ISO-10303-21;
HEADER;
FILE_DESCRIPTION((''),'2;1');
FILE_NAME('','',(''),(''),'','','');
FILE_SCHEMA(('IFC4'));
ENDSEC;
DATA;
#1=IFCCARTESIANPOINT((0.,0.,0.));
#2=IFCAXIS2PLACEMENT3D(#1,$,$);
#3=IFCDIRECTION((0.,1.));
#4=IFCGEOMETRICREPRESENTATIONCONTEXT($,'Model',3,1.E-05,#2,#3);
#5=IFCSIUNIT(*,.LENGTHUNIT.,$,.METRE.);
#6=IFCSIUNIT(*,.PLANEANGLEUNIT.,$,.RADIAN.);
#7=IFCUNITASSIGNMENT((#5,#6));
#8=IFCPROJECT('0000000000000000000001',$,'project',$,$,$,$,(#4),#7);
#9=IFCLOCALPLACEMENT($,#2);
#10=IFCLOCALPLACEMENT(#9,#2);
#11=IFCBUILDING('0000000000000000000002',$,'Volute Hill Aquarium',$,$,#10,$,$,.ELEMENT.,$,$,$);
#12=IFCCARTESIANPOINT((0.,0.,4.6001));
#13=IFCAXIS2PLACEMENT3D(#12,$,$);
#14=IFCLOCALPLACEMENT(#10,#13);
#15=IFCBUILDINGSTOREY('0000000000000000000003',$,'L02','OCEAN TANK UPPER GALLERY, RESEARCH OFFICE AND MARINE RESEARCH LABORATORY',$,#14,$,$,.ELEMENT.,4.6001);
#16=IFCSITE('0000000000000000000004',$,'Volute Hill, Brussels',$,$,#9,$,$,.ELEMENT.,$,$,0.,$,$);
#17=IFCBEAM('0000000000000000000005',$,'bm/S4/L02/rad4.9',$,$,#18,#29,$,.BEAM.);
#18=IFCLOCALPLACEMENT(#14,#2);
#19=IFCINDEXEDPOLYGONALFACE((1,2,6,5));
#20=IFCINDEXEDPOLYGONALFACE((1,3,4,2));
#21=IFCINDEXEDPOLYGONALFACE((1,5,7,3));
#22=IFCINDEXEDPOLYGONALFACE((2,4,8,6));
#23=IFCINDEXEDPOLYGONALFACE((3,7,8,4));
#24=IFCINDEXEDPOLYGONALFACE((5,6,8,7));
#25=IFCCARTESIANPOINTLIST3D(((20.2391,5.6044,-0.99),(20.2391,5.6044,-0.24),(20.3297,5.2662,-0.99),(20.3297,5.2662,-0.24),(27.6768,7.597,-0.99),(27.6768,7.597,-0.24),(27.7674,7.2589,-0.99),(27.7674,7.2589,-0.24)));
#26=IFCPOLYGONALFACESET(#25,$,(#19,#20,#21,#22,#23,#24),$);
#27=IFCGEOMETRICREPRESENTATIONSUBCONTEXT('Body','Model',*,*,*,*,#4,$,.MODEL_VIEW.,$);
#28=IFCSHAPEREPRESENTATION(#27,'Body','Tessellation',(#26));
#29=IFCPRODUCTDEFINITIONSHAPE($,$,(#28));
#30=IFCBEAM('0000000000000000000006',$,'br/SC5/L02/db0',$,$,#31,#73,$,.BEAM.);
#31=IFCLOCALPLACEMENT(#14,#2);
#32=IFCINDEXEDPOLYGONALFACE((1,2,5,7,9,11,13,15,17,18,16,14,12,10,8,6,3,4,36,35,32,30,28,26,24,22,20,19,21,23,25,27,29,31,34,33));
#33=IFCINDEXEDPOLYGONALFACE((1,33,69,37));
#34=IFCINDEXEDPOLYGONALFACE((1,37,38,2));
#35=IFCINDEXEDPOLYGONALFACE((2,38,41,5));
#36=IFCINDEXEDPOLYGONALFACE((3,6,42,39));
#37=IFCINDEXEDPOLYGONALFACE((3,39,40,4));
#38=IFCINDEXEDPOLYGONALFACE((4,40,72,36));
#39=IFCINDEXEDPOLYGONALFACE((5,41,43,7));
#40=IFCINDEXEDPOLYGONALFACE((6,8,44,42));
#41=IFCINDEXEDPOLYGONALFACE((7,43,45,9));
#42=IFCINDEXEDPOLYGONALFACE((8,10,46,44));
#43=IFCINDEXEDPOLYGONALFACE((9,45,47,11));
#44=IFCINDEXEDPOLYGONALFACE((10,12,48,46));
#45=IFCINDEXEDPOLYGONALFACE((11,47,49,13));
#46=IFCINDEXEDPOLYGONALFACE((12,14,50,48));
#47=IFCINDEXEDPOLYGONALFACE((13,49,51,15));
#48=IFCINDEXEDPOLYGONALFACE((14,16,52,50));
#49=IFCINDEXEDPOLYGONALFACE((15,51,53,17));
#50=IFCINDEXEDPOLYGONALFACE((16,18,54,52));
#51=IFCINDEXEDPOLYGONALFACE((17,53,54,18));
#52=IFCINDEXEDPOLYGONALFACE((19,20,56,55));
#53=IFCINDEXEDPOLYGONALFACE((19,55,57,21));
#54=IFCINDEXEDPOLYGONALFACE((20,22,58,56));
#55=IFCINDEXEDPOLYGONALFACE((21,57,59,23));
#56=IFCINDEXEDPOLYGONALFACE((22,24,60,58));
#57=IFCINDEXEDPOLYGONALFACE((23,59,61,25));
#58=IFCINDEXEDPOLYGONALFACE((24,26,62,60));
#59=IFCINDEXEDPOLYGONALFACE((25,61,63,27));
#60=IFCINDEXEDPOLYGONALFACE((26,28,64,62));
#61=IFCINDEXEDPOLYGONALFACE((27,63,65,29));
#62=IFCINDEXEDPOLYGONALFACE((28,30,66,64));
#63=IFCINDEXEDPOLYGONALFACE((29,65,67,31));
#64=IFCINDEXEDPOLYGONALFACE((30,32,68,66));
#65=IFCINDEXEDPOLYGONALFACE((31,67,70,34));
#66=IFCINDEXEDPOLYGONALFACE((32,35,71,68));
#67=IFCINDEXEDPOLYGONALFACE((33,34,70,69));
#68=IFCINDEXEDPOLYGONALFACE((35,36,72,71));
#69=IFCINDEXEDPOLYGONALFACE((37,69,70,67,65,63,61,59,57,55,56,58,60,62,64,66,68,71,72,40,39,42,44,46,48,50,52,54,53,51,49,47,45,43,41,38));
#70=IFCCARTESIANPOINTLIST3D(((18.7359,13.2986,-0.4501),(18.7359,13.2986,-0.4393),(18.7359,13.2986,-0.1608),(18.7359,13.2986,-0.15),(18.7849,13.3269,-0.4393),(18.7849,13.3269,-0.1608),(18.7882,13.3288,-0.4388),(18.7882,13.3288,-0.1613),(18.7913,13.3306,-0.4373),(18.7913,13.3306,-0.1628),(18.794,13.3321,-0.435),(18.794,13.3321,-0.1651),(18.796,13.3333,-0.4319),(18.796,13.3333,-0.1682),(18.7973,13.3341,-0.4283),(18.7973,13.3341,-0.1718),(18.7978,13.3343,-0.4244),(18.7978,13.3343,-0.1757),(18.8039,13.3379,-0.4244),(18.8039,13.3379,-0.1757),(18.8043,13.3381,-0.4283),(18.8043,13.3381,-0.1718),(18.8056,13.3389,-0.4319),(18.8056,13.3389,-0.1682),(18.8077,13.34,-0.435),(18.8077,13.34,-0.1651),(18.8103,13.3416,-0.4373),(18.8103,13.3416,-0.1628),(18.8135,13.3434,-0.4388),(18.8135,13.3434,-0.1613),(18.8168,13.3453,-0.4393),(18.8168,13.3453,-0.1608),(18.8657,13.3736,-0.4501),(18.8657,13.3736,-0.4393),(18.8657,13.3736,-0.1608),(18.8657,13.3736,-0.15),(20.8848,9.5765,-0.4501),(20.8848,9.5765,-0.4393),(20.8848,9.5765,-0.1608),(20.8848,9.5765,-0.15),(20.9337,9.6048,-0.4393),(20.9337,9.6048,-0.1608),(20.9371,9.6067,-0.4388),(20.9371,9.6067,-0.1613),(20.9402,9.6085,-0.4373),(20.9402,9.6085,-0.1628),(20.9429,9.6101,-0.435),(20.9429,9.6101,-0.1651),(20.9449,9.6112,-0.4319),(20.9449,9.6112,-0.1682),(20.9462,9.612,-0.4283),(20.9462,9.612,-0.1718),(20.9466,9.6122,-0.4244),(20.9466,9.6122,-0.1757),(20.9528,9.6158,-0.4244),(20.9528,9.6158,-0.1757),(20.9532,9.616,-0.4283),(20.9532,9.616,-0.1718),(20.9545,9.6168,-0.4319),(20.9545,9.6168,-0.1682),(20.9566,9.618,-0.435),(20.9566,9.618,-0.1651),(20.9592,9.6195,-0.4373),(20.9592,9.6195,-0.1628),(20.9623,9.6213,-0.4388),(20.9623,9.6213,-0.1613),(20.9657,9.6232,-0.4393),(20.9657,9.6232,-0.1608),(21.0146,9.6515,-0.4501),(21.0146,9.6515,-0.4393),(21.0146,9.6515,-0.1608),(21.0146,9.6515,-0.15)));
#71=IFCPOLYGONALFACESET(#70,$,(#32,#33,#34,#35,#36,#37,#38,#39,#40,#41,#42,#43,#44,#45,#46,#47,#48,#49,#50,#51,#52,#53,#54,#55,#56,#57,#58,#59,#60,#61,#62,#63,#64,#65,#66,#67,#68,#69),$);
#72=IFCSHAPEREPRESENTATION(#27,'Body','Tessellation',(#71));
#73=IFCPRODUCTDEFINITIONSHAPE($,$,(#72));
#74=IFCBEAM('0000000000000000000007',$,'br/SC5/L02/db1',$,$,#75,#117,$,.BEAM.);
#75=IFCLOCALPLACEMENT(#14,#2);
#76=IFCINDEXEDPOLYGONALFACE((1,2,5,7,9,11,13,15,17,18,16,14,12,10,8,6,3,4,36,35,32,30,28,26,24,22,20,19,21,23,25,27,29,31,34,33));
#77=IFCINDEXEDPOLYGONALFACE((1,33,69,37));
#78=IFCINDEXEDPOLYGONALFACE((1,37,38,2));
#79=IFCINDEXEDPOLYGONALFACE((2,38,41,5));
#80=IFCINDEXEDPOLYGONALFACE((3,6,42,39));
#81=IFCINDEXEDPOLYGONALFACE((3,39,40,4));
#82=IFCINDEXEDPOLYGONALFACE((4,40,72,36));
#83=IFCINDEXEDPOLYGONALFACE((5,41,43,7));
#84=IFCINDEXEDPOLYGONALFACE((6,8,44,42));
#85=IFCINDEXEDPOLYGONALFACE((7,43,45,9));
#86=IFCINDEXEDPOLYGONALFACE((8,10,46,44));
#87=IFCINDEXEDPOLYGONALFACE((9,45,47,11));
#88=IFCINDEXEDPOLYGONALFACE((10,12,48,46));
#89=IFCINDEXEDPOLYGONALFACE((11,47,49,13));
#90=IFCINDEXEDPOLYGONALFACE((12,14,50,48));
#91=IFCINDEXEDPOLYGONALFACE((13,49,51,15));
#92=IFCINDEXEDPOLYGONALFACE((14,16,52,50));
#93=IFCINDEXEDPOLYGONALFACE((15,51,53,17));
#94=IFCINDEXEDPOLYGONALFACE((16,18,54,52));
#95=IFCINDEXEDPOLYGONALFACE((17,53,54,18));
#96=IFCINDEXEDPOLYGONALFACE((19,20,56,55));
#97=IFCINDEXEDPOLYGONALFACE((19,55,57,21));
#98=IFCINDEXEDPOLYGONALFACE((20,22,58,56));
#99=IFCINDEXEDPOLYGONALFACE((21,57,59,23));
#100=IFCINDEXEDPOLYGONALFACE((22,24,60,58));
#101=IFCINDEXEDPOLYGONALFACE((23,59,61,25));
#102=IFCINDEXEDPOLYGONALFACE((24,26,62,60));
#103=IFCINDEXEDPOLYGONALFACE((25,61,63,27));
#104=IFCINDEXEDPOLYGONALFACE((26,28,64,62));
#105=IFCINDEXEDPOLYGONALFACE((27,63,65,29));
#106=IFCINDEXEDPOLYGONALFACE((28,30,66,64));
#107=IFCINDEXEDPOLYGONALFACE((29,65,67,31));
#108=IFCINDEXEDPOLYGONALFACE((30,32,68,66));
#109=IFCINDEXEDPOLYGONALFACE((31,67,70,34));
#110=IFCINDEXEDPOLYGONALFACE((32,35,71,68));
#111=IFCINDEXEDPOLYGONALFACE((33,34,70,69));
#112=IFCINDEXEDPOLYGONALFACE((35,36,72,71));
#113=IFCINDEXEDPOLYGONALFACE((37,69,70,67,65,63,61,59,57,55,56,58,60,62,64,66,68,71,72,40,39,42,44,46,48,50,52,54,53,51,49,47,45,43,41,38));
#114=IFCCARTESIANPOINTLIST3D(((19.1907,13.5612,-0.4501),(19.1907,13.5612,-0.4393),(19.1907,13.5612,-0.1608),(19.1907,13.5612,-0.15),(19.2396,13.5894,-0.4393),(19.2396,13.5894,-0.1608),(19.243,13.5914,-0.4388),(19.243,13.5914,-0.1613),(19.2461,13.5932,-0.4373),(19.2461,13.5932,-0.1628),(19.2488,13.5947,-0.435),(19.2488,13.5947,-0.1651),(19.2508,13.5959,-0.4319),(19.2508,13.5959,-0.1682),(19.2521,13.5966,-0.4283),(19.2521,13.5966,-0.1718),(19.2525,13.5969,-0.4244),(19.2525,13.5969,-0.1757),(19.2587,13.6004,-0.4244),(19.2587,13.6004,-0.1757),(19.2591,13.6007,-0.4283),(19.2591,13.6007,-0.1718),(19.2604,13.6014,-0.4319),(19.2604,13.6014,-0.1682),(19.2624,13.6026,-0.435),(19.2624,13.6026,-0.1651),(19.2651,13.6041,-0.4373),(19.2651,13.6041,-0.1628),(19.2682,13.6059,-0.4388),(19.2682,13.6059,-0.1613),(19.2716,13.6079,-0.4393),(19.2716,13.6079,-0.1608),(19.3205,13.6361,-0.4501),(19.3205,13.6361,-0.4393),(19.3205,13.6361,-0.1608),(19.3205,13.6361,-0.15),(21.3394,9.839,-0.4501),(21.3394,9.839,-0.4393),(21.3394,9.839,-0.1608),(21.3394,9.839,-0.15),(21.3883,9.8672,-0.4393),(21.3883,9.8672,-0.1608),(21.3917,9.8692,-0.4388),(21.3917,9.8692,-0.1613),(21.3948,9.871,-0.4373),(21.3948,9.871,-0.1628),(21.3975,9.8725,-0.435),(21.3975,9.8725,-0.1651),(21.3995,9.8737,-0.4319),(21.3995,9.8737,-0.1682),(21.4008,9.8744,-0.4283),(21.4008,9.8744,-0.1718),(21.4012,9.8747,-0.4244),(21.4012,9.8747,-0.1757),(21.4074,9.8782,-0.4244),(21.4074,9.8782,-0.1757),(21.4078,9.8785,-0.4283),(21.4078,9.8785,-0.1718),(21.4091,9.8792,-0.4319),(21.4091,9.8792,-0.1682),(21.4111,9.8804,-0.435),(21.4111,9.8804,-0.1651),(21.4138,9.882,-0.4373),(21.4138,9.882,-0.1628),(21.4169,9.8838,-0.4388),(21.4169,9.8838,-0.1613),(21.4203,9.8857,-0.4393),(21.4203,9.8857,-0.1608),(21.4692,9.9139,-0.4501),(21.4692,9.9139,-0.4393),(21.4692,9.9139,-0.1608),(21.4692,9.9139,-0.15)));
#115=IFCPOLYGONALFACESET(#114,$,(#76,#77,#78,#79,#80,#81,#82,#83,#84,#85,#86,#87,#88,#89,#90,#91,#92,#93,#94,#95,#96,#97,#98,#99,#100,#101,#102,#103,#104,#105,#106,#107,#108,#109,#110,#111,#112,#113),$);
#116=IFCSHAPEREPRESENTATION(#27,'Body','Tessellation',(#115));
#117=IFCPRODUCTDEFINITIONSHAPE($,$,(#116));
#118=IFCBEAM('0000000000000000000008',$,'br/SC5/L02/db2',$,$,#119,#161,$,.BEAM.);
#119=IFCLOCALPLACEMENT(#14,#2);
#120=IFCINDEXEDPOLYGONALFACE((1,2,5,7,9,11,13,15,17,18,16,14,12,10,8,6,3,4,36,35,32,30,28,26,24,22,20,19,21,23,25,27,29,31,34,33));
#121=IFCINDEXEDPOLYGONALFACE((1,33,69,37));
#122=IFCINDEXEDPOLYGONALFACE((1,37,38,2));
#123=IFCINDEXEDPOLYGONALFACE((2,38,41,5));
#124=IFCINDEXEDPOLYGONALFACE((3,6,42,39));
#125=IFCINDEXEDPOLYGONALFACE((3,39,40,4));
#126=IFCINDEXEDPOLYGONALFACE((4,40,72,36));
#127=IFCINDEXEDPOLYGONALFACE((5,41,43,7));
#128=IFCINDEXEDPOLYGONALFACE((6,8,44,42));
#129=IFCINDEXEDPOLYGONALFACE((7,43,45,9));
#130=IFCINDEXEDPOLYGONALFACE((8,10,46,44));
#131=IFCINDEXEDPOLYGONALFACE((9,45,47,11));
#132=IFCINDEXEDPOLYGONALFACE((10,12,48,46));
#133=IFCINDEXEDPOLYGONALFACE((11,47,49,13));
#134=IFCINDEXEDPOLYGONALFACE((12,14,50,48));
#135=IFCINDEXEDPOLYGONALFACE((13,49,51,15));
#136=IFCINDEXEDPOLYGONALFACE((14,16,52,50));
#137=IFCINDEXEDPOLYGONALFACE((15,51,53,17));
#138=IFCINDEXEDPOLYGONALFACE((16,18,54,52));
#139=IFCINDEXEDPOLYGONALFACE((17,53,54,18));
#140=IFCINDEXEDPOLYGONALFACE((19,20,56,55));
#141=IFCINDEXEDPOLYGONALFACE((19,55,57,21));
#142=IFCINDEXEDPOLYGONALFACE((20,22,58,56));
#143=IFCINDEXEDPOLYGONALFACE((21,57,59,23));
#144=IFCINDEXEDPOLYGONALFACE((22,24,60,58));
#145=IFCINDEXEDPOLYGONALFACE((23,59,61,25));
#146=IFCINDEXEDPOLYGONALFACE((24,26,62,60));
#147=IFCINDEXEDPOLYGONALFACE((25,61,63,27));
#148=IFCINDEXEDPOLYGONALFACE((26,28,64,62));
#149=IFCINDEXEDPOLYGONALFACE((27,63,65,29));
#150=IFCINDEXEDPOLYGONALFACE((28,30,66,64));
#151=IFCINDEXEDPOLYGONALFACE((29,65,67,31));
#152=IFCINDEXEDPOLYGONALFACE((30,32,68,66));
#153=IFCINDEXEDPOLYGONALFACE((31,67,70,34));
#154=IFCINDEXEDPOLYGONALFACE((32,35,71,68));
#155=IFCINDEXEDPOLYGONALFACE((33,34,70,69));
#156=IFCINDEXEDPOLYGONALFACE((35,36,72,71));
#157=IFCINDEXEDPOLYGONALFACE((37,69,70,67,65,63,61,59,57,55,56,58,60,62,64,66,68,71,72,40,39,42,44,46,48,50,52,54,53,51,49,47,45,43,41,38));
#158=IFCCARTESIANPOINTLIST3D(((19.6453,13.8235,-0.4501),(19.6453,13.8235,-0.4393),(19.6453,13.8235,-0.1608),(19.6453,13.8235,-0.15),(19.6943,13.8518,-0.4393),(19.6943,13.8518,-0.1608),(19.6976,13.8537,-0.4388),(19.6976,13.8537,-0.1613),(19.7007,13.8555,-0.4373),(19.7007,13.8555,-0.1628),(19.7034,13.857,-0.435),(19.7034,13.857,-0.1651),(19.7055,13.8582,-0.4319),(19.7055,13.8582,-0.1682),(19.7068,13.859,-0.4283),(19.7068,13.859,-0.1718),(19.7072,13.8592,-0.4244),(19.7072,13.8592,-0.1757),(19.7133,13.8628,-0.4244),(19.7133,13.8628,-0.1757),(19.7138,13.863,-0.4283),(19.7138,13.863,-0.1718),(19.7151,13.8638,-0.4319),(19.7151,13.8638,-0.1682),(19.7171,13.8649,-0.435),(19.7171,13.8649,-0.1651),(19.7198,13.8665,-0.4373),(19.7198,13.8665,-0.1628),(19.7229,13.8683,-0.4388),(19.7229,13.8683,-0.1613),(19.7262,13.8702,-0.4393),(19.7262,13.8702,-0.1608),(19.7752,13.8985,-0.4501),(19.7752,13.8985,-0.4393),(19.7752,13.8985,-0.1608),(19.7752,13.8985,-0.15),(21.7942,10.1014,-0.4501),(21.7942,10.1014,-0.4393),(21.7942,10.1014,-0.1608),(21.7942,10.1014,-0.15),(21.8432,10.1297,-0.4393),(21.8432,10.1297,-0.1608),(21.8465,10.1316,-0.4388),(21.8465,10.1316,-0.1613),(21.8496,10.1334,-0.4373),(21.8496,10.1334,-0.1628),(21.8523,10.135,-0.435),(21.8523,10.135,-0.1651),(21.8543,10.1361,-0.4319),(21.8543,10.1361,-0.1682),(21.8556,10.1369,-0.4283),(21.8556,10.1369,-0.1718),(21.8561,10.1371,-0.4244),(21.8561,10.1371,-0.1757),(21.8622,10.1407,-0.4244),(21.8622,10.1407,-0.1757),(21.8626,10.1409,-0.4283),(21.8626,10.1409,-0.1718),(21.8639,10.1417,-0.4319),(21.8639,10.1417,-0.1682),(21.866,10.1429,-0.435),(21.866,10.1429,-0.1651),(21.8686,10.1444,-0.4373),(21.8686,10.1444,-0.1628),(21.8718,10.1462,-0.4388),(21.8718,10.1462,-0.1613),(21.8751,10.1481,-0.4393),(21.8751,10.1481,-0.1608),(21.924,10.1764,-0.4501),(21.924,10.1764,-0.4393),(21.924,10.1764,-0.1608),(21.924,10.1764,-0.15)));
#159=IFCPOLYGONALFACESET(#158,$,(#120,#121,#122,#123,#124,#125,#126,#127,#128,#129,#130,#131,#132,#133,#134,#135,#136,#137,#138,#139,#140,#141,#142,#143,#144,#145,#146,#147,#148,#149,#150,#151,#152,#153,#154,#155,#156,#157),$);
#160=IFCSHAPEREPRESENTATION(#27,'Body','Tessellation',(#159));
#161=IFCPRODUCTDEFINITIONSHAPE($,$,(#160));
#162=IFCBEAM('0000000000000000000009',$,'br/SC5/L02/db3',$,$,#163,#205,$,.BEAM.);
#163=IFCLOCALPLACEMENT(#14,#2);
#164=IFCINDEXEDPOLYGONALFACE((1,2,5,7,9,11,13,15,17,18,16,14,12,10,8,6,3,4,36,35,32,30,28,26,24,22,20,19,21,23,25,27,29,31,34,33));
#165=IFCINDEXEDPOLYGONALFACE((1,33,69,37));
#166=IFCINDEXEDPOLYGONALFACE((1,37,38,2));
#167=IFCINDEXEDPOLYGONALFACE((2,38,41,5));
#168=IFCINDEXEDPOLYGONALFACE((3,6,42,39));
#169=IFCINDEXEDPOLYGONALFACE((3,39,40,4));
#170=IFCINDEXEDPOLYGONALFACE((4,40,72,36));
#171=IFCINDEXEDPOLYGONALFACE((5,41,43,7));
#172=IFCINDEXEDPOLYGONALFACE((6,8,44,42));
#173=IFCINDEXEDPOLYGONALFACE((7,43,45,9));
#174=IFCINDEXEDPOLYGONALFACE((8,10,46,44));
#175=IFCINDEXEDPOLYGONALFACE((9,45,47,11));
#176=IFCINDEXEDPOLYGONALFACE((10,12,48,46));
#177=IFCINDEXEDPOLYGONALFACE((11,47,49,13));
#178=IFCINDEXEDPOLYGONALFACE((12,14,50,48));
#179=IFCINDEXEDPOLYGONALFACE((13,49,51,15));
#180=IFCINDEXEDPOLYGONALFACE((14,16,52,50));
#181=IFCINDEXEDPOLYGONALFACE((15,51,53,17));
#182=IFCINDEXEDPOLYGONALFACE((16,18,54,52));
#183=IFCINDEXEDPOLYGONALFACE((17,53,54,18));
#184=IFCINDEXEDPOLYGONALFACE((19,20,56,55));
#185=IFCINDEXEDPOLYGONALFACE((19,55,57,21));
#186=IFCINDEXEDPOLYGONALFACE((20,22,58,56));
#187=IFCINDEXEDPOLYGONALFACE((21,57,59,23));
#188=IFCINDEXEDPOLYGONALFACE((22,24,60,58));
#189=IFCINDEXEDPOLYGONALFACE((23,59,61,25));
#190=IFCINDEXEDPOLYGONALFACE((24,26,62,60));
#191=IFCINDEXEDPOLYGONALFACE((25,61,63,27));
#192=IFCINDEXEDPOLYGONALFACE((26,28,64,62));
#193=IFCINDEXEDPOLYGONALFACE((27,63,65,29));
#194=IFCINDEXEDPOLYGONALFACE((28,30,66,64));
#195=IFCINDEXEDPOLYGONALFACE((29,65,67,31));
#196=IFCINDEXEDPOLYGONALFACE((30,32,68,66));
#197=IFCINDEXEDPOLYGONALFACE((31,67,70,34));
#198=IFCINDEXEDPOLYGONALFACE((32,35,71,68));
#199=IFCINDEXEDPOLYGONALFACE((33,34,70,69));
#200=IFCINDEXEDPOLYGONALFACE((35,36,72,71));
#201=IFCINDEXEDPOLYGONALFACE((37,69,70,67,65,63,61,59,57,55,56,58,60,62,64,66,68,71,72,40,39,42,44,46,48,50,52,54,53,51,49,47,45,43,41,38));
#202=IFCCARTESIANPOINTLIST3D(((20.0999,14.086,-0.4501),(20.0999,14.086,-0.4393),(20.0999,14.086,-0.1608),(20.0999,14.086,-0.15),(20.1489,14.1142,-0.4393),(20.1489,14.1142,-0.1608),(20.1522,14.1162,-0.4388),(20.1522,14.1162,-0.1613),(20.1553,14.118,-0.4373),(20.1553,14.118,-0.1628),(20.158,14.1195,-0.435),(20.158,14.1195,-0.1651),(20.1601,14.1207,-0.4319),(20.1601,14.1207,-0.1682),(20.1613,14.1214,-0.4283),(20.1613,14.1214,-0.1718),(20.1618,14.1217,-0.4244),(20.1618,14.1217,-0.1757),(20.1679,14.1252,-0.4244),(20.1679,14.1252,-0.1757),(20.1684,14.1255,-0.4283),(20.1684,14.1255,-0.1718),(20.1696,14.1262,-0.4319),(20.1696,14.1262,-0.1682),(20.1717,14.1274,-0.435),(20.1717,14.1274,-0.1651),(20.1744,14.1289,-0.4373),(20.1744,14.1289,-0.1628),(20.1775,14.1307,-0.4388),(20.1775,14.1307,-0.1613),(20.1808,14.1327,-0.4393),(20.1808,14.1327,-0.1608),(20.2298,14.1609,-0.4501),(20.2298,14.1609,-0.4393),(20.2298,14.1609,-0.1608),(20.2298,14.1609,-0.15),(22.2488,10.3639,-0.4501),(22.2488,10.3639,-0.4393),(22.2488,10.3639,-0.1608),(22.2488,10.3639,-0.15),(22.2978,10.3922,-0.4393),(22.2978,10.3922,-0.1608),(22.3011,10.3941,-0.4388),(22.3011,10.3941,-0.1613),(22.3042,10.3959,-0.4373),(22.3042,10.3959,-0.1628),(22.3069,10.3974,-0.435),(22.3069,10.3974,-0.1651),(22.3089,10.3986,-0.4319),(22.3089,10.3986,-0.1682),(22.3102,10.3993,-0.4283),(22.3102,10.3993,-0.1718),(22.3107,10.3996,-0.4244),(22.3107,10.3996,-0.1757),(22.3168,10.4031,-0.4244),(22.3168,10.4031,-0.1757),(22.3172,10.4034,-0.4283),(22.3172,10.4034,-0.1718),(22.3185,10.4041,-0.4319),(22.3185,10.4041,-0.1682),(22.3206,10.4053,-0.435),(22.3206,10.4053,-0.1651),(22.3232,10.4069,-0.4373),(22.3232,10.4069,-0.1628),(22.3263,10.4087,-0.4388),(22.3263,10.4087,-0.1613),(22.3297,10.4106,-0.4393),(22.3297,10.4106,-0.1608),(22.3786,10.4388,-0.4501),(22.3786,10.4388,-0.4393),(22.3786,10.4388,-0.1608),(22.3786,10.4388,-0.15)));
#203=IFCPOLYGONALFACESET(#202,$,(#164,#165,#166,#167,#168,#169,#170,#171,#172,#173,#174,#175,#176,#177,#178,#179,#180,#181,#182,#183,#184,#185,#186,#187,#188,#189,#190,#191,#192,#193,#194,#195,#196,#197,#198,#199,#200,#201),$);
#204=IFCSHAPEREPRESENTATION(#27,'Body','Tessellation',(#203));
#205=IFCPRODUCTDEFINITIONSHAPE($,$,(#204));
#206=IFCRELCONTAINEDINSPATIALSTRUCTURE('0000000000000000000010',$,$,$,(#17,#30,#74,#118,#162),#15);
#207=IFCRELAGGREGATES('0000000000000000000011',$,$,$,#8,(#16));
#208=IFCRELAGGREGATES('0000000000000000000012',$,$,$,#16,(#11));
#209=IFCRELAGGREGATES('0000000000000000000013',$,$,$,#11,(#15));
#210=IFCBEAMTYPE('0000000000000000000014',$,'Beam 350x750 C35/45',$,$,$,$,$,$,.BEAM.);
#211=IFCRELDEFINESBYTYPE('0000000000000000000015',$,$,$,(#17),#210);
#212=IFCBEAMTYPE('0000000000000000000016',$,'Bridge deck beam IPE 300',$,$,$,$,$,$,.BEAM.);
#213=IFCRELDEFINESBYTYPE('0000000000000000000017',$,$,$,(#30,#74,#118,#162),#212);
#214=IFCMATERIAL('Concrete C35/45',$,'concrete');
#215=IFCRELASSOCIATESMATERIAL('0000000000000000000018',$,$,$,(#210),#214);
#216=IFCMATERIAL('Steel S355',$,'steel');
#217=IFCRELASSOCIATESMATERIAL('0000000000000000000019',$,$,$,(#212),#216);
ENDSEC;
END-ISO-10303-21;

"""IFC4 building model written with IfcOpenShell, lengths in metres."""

from ifc_helpers import new_model, si_unit, direction, frame, origin, origin_2d, place, context, subcontext, project, spatial, rectangle, i_section, extrude, material, material_profile, profile_set, type_object, element, save


model = new_model("IFC4")

# Units and contexts
model_context = context("Model", 3, precision=1e-05, world=origin(), true_north=direction((0.0, 1.0)))
body_context = subcontext(model_context, "Body", "Model", "MODEL_VIEW")
ifc_project = project(units=[si_unit("LENGTHUNIT", "METRE"), si_unit("PLANEANGLEUNIT", "RADIAN")], contexts=[model_context])

# Site, building, storey
site_placement = place(None, origin())
site = spatial("IfcSite", under=ifc_project, at=site_placement, Name="Volute Hill, Brussels", CompositionType="ELEMENT", RefElevation=0.0)
building_placement = place(site_placement, origin())
building = spatial("IfcBuilding", under=site, at=building_placement, Name="Volute Hill Aquarium", CompositionType="ELEMENT")
storey_placement = place(building_placement, frame((0.0, 0.0, 4.6001)))
storey = spatial("IfcBuildingStorey", under=building, at=storey_placement, Name="L02", Description="OCEAN TANK UPPER GALLERY, RESEARCH OFFICE AND MARINE RESEARCH LABORATORY", CompositionType="ELEMENT", Elevation=4.6001)

# Beams
ifc_material_1 = material(Name="Concrete C35/45", Category="concrete")
ifc_material_profile_1 = material_profile(ifc_material_1, rectangle(XDim=0.3501, YDim=0.75, at=origin_2d()), Name="RC beam 350x750")
ifc_profile_set_1 = profile_set([ifc_material_profile_1], Name="Concrete C35/45")
beam_type_1 = type_object("IfcBeamType", Name="Beam 350x750 C35/45", PredefinedType="BEAM", material=ifc_profile_set_1)
beam_1_placement = place(storey_placement, frame((20.2844, 5.4353, -0.615), z_axis=(0.965934, 0.258787, 0.0), x_axis=(-0.258787, 0.965934, 0.0)))
element("IfcBeam", 1, at=beam_1_placement, inside=storey, type_object=beam_type_1, Name="bm/S4/L02/rad4.9", PredefinedType="BEAM", context=body_context, shape_type="SweptSolid", body=[
    extrude(rectangle(XDim=0.3501, YDim=0.75, at=origin_2d()), origin(), (0.0, 0.0, 1.0), 7.7),
])
ifc_material_2 = material(Name="Steel S355", Category="steel")
ifc_material_profile_2 = material_profile(ifc_material_2, i_section(OverallWidth=0.1499, OverallDepth=0.3, WebThickness=0.0071, FlangeThickness=0.0107, FilletRadius=0.0149, at=origin_2d()), Name="IPE 300")
ifc_profile_set_2 = profile_set([ifc_material_profile_2], Name="Steel S355")
beam_type_2 = type_object("IfcBeamType", Name="Bridge deck beam IPE 300", PredefinedType="BEAM", material=ifc_profile_set_2)
for number, where, z_axis, x_axis, name in (
    (2, (20.9497, 9.614, -0.3), (-0.499988, 0.866032, 0.0), (-0.866032, -0.499988, 0.0), "br/SC5/L02/db0"),
    (3, (21.4043, 9.8765, -0.3), (-0.499945, 0.866057, 0.0), (-0.866057, -0.499945, 0.0), "br/SC5/L02/db1"),
    (4, (21.8591, 10.1389, -0.3), (-0.499988, 0.866032, 0.0), (-0.866032, -0.499988, 0.0), "br/SC5/L02/db2"),
    (5, (22.3137, 10.4014, -0.3), (-0.499988, 0.866032, 0.0), (-0.866032, -0.499988, 0.0), "br/SC5/L02/db3"),
):
    element("IfcBeam", number, at=place(storey_placement, frame(where, z_axis=z_axis, x_axis=x_axis)), inside=storey, type_object=beam_type_2, Name=name, PredefinedType="BEAM", context=body_context, shape_type="SweptSolid", body=[
        extrude(i_section(OverallWidth=0.1499, OverallDepth=0.3, WebThickness=0.0071, FlangeThickness=0.0107, FilletRadius=0.0149, at=origin_2d()), origin(), (0.0, 0.0, 1.0), 4.2979),
    ])

save(model, "model.ifc")
